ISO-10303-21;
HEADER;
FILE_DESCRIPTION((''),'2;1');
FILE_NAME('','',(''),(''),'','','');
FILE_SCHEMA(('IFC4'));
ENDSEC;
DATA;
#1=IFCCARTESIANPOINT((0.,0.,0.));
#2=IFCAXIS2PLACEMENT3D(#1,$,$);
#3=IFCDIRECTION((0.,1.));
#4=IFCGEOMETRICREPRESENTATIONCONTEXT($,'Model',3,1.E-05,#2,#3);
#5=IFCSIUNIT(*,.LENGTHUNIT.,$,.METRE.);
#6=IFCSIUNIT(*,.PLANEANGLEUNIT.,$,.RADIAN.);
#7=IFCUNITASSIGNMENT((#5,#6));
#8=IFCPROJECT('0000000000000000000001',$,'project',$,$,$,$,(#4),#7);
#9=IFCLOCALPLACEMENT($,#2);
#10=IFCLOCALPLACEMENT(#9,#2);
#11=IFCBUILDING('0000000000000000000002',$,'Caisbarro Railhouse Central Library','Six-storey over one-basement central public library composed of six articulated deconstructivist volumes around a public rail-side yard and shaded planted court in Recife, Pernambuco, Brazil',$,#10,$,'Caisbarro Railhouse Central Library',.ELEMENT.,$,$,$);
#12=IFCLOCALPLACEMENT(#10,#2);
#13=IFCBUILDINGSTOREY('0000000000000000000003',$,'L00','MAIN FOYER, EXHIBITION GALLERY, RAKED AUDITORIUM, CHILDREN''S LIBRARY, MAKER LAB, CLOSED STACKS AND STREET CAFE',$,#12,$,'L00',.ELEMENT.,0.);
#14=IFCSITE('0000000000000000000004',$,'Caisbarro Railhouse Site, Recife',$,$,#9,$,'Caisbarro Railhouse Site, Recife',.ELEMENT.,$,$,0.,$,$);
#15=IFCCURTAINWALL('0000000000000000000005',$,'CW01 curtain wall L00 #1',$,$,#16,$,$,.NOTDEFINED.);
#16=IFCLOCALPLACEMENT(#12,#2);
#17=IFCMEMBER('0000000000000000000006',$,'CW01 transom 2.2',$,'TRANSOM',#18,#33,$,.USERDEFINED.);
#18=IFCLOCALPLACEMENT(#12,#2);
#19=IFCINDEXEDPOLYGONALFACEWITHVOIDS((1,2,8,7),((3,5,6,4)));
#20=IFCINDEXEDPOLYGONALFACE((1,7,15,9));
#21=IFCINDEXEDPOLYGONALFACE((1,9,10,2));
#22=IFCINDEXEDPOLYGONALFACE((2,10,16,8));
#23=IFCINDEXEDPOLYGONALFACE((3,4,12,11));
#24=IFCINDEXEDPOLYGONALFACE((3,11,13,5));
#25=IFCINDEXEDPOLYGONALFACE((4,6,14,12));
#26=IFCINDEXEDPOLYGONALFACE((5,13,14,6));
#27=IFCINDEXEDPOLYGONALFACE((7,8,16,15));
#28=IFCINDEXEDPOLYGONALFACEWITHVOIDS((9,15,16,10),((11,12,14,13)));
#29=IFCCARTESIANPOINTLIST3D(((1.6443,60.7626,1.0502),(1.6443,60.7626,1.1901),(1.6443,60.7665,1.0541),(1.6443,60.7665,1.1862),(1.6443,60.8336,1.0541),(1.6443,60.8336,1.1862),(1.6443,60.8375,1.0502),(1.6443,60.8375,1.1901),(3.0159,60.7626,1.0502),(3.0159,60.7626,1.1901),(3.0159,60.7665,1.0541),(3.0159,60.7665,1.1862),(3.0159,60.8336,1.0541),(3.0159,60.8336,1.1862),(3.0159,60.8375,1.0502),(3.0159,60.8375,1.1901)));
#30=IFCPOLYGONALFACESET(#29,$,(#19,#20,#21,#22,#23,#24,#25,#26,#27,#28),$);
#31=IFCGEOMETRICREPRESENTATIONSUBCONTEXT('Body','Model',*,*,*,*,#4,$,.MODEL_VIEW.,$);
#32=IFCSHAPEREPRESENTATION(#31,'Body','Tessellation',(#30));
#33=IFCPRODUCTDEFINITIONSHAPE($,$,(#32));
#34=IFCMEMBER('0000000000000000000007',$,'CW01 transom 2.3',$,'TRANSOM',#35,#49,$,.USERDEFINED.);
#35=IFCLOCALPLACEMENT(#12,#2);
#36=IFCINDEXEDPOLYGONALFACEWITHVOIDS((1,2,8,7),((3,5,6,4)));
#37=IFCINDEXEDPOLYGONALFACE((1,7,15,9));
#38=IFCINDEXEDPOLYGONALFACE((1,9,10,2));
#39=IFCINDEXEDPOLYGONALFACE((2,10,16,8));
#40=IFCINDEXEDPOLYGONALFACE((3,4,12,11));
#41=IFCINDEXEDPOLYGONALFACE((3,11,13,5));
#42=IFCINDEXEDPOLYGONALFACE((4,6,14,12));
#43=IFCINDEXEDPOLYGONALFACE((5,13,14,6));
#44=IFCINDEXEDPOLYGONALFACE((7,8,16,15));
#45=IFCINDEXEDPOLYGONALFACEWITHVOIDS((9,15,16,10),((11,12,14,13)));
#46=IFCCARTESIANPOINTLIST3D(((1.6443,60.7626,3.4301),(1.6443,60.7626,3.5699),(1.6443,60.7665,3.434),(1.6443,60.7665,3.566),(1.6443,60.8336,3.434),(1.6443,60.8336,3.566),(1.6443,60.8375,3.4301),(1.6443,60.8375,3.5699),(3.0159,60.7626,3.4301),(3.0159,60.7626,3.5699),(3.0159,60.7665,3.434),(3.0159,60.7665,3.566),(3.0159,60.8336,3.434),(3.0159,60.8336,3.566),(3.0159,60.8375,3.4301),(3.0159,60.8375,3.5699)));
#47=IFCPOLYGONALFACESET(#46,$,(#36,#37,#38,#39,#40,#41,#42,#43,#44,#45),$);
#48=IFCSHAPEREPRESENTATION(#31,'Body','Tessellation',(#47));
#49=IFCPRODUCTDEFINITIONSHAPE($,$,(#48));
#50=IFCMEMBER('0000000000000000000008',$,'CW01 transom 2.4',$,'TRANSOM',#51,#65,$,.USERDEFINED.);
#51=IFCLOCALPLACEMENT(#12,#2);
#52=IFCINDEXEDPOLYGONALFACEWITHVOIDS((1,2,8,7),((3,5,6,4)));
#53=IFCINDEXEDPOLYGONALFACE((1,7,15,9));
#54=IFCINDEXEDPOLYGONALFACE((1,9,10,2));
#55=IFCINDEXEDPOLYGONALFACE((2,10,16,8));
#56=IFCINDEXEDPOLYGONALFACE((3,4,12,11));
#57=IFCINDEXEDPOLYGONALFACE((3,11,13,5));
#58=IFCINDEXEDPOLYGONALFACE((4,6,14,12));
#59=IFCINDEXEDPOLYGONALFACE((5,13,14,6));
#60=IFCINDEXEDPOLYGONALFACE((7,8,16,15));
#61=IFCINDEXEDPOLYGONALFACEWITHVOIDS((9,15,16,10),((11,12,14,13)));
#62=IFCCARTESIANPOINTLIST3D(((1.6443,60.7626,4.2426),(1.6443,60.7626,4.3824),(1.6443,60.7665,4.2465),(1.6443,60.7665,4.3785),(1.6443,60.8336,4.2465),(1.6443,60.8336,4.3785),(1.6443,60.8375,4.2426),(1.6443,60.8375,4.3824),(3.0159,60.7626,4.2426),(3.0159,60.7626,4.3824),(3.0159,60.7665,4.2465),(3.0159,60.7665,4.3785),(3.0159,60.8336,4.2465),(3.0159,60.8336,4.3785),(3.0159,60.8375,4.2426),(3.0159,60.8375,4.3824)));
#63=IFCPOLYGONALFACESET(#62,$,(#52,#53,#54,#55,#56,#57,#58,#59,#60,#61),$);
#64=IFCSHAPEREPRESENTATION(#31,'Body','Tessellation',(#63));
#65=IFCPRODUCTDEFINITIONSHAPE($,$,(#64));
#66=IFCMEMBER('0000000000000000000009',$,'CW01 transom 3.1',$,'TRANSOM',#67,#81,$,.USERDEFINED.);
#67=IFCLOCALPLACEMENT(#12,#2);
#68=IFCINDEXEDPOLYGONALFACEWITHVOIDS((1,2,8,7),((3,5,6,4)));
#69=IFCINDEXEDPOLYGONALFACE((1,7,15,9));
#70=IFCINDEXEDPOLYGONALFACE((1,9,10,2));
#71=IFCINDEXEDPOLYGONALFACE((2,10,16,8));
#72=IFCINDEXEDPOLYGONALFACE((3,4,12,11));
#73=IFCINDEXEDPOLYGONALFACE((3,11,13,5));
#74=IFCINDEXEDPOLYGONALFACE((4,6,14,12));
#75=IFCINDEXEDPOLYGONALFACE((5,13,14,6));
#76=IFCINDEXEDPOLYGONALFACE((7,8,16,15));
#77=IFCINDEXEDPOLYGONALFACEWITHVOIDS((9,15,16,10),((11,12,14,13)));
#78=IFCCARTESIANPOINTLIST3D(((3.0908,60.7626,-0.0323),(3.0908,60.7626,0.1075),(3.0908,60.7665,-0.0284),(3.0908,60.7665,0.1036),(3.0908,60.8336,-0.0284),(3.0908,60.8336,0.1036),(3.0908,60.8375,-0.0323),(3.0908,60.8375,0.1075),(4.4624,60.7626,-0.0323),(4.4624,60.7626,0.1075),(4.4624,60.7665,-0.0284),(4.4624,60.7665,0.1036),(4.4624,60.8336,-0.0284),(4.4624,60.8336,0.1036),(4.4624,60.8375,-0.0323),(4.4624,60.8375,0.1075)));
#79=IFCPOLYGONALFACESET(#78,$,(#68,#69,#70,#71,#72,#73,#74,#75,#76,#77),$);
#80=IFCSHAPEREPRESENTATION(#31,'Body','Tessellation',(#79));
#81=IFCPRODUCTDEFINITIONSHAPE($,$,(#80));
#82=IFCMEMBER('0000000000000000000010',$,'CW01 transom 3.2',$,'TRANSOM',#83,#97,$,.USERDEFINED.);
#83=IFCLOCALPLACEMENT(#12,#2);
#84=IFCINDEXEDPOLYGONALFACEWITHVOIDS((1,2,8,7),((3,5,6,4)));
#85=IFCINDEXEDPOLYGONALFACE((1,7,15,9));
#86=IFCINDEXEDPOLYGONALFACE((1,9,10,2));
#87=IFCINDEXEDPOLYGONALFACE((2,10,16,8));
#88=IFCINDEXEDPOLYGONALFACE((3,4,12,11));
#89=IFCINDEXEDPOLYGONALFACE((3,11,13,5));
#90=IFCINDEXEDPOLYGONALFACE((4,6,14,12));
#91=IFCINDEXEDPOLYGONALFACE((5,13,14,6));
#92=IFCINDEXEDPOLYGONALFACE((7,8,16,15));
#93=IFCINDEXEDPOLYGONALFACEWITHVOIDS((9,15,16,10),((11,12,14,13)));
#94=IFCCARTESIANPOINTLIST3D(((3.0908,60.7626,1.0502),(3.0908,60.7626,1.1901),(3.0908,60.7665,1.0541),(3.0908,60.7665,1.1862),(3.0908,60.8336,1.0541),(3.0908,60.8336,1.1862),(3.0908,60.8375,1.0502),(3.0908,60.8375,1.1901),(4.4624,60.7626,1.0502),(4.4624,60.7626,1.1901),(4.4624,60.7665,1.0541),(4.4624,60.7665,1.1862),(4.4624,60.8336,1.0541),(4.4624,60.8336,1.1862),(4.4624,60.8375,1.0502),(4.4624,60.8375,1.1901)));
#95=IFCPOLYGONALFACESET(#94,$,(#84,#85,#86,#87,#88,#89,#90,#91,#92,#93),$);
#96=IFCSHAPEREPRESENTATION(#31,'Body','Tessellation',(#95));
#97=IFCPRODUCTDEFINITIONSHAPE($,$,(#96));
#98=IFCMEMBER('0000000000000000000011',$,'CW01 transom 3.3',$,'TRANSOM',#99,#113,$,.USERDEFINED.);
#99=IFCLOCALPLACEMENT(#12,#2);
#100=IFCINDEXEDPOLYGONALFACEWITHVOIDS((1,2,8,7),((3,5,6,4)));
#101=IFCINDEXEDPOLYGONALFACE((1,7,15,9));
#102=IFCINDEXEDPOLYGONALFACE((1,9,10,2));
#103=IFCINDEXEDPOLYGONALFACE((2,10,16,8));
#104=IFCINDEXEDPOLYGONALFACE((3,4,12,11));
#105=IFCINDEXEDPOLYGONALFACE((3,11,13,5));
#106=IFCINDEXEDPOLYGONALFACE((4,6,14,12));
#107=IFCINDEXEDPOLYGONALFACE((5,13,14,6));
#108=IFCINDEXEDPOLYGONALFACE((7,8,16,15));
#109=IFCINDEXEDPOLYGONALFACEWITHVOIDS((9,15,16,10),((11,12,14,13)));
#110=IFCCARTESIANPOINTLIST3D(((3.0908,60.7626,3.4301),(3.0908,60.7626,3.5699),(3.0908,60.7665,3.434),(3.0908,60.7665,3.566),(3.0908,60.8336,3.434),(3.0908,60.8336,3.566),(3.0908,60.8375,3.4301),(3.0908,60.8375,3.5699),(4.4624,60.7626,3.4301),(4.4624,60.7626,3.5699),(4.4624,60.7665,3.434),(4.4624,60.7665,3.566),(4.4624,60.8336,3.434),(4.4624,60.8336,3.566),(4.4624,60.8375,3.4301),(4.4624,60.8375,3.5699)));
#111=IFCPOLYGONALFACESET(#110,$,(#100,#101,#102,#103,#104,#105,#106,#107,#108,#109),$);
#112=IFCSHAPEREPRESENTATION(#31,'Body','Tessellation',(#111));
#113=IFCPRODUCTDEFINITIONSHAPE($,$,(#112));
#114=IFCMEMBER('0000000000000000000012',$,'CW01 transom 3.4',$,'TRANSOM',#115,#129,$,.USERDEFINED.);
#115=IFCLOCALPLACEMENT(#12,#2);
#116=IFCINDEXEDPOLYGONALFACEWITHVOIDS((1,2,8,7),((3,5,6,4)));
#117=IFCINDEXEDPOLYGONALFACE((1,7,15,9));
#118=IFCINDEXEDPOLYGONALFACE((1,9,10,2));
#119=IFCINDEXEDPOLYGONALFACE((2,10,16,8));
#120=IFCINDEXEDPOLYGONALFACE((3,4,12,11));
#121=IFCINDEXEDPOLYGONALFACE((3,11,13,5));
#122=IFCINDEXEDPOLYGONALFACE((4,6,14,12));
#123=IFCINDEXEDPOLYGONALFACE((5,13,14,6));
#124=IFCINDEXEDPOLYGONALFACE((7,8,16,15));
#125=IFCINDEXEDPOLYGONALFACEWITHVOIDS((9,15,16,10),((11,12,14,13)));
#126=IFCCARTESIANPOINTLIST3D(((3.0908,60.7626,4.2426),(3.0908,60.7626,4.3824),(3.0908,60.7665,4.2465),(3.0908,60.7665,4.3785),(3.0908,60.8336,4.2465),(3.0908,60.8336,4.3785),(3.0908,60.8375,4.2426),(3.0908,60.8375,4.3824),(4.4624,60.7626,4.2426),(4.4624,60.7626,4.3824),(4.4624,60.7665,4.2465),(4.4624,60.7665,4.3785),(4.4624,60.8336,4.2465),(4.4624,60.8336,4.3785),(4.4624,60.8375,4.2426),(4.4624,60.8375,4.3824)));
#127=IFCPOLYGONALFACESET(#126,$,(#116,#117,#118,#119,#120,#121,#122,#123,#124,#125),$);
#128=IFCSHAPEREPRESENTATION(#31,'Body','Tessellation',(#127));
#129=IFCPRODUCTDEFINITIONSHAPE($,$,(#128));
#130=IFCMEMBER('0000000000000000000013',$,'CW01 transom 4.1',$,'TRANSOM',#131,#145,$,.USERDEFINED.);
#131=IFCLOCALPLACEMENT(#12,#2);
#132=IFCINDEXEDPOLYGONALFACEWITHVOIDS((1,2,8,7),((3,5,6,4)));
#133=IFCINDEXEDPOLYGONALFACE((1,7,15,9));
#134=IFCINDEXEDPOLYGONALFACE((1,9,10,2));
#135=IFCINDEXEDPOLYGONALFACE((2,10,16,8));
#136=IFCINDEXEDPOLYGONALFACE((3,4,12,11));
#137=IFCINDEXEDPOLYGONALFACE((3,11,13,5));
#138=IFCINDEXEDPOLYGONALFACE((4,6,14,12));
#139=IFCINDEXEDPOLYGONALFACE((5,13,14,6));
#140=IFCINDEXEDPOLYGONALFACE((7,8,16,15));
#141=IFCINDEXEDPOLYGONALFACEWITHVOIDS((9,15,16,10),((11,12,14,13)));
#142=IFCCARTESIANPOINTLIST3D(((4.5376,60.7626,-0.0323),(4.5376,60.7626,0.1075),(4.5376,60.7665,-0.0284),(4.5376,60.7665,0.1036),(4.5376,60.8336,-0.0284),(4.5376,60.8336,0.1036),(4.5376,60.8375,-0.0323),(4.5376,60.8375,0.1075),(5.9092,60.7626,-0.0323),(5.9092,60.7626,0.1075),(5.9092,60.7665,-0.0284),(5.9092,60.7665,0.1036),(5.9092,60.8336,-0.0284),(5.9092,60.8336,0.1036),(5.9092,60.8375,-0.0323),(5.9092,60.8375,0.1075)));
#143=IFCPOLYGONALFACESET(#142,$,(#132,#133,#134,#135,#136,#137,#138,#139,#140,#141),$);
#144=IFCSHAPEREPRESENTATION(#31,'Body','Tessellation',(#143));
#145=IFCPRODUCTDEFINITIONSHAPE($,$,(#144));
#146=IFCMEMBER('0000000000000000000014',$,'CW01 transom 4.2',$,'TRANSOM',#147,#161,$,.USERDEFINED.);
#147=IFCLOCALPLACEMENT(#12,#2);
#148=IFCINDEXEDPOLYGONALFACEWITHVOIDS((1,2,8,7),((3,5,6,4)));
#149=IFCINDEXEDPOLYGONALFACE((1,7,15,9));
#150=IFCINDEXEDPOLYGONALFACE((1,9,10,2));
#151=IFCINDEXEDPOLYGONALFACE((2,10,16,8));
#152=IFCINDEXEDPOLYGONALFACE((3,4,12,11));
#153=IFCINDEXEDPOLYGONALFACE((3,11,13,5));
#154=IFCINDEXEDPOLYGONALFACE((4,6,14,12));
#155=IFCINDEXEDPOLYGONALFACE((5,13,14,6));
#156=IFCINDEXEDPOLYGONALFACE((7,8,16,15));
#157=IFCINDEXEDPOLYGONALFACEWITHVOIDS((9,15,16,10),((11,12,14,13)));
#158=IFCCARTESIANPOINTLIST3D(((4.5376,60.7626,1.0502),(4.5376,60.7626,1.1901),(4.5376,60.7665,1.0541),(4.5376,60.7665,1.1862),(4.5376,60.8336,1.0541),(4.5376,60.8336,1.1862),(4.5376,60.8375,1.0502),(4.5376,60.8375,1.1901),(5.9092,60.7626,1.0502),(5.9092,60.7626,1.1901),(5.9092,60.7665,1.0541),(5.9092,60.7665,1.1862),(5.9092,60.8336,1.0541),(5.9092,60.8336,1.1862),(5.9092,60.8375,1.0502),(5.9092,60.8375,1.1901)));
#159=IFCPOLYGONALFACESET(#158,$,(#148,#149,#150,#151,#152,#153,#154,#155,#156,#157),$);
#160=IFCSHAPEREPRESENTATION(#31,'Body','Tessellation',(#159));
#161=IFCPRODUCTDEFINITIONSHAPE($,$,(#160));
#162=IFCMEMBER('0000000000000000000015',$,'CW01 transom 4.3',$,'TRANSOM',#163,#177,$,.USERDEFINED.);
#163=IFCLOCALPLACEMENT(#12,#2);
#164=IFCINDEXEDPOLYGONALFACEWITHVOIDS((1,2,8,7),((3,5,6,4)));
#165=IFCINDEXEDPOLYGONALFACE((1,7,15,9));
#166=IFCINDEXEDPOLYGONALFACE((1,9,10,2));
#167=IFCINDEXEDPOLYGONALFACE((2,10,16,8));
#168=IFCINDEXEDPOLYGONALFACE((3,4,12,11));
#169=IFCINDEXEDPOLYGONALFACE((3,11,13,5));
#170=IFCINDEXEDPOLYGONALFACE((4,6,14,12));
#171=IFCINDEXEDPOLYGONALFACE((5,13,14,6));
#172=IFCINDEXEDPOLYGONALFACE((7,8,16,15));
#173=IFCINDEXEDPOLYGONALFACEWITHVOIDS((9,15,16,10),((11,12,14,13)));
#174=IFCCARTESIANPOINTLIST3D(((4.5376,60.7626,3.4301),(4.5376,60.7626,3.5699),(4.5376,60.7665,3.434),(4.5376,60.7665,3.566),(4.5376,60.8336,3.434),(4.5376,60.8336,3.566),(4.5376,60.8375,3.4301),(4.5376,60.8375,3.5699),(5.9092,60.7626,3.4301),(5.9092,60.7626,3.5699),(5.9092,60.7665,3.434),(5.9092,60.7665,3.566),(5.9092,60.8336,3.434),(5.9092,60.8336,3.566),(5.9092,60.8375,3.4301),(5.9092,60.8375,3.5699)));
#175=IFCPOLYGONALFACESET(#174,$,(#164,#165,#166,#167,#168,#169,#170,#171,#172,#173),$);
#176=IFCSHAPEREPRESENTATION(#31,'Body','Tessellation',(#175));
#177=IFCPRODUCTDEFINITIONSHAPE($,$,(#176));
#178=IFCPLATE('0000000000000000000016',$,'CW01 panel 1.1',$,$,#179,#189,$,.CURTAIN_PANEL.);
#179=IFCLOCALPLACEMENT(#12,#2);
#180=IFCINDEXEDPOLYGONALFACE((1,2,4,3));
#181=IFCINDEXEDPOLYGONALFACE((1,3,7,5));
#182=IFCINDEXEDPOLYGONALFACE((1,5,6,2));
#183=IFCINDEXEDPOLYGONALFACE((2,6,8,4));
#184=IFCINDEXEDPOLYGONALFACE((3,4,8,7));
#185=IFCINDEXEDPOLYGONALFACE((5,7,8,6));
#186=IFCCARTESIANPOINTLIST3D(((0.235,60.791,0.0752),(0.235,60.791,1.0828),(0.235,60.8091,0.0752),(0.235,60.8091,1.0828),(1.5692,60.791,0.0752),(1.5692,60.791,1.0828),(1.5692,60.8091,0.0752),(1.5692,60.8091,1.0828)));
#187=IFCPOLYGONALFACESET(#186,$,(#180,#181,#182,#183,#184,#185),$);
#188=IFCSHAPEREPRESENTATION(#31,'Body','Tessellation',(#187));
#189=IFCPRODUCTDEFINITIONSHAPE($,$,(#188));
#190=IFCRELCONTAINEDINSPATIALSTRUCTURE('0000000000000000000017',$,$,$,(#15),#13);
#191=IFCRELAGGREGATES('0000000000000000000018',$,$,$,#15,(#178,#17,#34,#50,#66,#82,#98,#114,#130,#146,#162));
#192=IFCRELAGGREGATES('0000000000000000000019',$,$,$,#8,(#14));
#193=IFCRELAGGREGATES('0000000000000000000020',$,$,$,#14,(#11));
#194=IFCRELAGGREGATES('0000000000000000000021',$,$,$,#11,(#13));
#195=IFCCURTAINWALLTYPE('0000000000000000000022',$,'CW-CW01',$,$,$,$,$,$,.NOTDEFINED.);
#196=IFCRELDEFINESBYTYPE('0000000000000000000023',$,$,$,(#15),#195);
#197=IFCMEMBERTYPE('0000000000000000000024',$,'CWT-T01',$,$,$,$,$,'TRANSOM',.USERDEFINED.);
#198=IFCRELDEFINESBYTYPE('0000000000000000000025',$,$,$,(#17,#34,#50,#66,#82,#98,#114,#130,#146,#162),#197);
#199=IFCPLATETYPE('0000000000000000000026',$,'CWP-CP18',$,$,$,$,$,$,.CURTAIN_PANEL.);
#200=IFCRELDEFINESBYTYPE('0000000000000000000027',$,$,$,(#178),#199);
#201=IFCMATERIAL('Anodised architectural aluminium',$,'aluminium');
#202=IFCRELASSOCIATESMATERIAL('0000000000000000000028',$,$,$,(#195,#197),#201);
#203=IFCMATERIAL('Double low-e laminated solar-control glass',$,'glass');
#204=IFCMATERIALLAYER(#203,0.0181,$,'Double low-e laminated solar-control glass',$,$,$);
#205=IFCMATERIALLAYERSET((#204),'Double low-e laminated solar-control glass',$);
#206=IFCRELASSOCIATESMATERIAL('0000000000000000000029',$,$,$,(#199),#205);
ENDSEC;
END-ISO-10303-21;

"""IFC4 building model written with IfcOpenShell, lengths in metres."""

from ifc_helpers import new_model, si_unit, direction, frame, origin, origin_2d, place, context, subcontext, project, spatial, rectangle, hollow_rectangle, extrude, material, layer, layer_set, material_profile, profile_set, type_object, element, aggregate, save


model = new_model("IFC4")

# Units and contexts
model_context = context("Model", 3, precision=1e-05, world=origin(), true_north=direction((0.0, 1.0)))
body_context = subcontext(model_context, "Body", "Model", "MODEL_VIEW")
ifc_project = project(units=[si_unit("LENGTHUNIT", "METRE"), si_unit("PLANEANGLEUNIT", "RADIAN")], contexts=[model_context])

# Site, building, storey
site_placement = place(None, origin())
site = spatial("IfcSite", under=ifc_project, at=site_placement, Name="Caisbarro Railhouse Site, Recife", LongName="Caisbarro Railhouse Site, Recife", CompositionType="ELEMENT", RefElevation=0.0)
building_placement = place(site_placement, origin())
building = spatial("IfcBuilding", under=site, at=building_placement, Name="Caisbarro Railhouse Central Library", Description="Six-storey over one-basement central public library composed of six articulated deconstructivist volumes around a public rail-side yard and shaded planted court in Recife, Pernambuco, Brazil", LongName="Caisbarro Railhouse Central Library", CompositionType="ELEMENT")
storey_placement = place(building_placement, origin())
storey = spatial("IfcBuildingStorey", under=building, at=storey_placement, Name="L00", Description="MAIN FOYER, EXHIBITION GALLERY, RAKED AUDITORIUM, CHILDREN'S LIBRARY, MAKER LAB, CLOSED STACKS AND STREET CAFE", LongName="L00", CompositionType="ELEMENT", Elevation=0.0)

# Curtain wall, members, plate
ifc_material_1 = material(Name="Anodised architectural aluminium", Category="aluminium")
curtain_wall_type = type_object("IfcCurtainWallType", Name="CW-CW01", PredefinedType="NOTDEFINED", material=ifc_material_1)
curtain_wall_placement = place(storey_placement, origin())
curtain_wall = element("IfcCurtainWall", 1, at=curtain_wall_placement, inside=storey, type_object=curtain_wall_type, Name="CW01 curtain wall L00 #1", PredefinedType="NOTDEFINED")
ifc_material_profile_1 = material_profile(ifc_material_1, hollow_rectangle(XDim=0.075, YDim=0.1399, WallThickness=0.0039, at=origin_2d()), Name="ALU-TRN-75X140")
ifc_profile_set_1 = profile_set([ifc_material_profile_1], Name="Anodised architectural aluminium")
member_type_1 = type_object("IfcMemberType", Name="CWT-T01", ElementType="TRANSOM", PredefinedType="USERDEFINED", material=ifc_profile_set_1)
member_1_placement = place(storey_placement, frame((1.6443, 60.8, 1.1201), z_axis=(1.0, 0.0, 0.0), x_axis=(0.0, 1.0, 0.0)))
member_1 = element("IfcMember", 2, at=member_1_placement, type_object=member_type_1, Name="CW01 transom 2.2", ObjectType="TRANSOM", PredefinedType="USERDEFINED", context=body_context, shape_type="SweptSolid", body=[
    extrude(hollow_rectangle(XDim=0.075, YDim=0.1399, WallThickness=0.0039, at=origin_2d()), origin(), (0.0, 0.0, 1.0), 1.3716),
])
member_2_placement = place(storey_placement, frame((1.6443, 60.8, 3.5), z_axis=(1.0, 0.0, 0.0), x_axis=(0.0, 1.0, 0.0)))
member_2 = element("IfcMember", 3, at=member_2_placement, type_object=member_type_1, Name="CW01 transom 2.3", ObjectType="TRANSOM", PredefinedType="USERDEFINED", context=body_context, shape_type="SweptSolid", body=[
    extrude(hollow_rectangle(XDim=0.075, YDim=0.1399, WallThickness=0.0039, at=origin_2d()), origin(), (0.0, 0.0, 1.0), 1.3716),
])
member_3_placement = place(storey_placement, frame((1.6443, 60.8, 4.3125), z_axis=(1.0, 0.0, 0.0), x_axis=(0.0, 1.0, 0.0)))
member_3 = element("IfcMember", 4, at=member_3_placement, type_object=member_type_1, Name="CW01 transom 2.4", ObjectType="TRANSOM", PredefinedType="USERDEFINED", context=body_context, shape_type="SweptSolid", body=[
    extrude(hollow_rectangle(XDim=0.075, YDim=0.1399, WallThickness=0.0039, at=origin_2d()), origin(), (0.0, 0.0, 1.0), 1.3716),
])
member_4_placement = place(storey_placement, frame((3.0908, 60.8, 0.0376), z_axis=(1.0, 0.0, 0.0), x_axis=(0.0, 1.0, 0.0)))
member_4 = element("IfcMember", 5, at=member_4_placement, type_object=member_type_1, Name="CW01 transom 3.1", ObjectType="TRANSOM", PredefinedType="USERDEFINED", context=body_context, shape_type="SweptSolid", body=[
    extrude(hollow_rectangle(XDim=0.075, YDim=0.1399, WallThickness=0.0039, at=origin_2d()), origin(), (0.0, 0.0, 1.0), 1.3716),
])
member_5_placement = place(storey_placement, frame((3.0908, 60.8, 1.1201), z_axis=(1.0, 0.0, 0.0), x_axis=(0.0, 1.0, 0.0)))
member_5 = element("IfcMember", 6, at=member_5_placement, type_object=member_type_1, Name="CW01 transom 3.2", ObjectType="TRANSOM", PredefinedType="USERDEFINED", context=body_context, shape_type="SweptSolid", body=[
    extrude(hollow_rectangle(XDim=0.075, YDim=0.1399, WallThickness=0.0039, at=origin_2d()), origin(), (0.0, 0.0, 1.0), 1.3716),
])
member_6_placement = place(storey_placement, frame((3.0908, 60.8, 3.5), z_axis=(1.0, 0.0, 0.0), x_axis=(0.0, 1.0, 0.0)))
member_6 = element("IfcMember", 7, at=member_6_placement, type_object=member_type_1, Name="CW01 transom 3.3", ObjectType="TRANSOM", PredefinedType="USERDEFINED", context=body_context, shape_type="SweptSolid", body=[
    extrude(hollow_rectangle(XDim=0.075, YDim=0.1399, WallThickness=0.0039, at=origin_2d()), origin(), (0.0, 0.0, 1.0), 1.3716),
])
member_7_placement = place(storey_placement, frame((3.0908, 60.8, 4.3125), z_axis=(1.0, 0.0, 0.0), x_axis=(0.0, 1.0, 0.0)))
member_7 = element("IfcMember", 8, at=member_7_placement, type_object=member_type_1, Name="CW01 transom 3.4", ObjectType="TRANSOM", PredefinedType="USERDEFINED", context=body_context, shape_type="SweptSolid", body=[
    extrude(hollow_rectangle(XDim=0.075, YDim=0.1399, WallThickness=0.0039, at=origin_2d()), origin(), (0.0, 0.0, 1.0), 1.3716),
])
member_8_placement = place(storey_placement, frame((4.5376, 60.8, 0.0376), z_axis=(1.0, 0.0, 0.0), x_axis=(0.0, 1.0, 0.0)))
member_8 = element("IfcMember", 9, at=member_8_placement, type_object=member_type_1, Name="CW01 transom 4.1", ObjectType="TRANSOM", PredefinedType="USERDEFINED", context=body_context, shape_type="SweptSolid", body=[
    extrude(hollow_rectangle(XDim=0.075, YDim=0.1399, WallThickness=0.0039, at=origin_2d()), origin(), (0.0, 0.0, 1.0), 1.3716),
])
member_9_placement = place(storey_placement, frame((4.5376, 60.8, 1.1201), z_axis=(1.0, 0.0, 0.0), x_axis=(0.0, 1.0, 0.0)))
member_9 = element("IfcMember", 10, at=member_9_placement, type_object=member_type_1, Name="CW01 transom 4.2", ObjectType="TRANSOM", PredefinedType="USERDEFINED", context=body_context, shape_type="SweptSolid", body=[
    extrude(hollow_rectangle(XDim=0.075, YDim=0.1399, WallThickness=0.0039, at=origin_2d()), origin(), (0.0, 0.0, 1.0), 1.3716),
])
member_10_placement = place(storey_placement, frame((4.5376, 60.8, 3.5), z_axis=(1.0, 0.0, 0.0), x_axis=(0.0, 1.0, 0.0)))
member_10 = element("IfcMember", 11, at=member_10_placement, type_object=member_type_1, Name="CW01 transom 4.3", ObjectType="TRANSOM", PredefinedType="USERDEFINED", context=body_context, shape_type="SweptSolid", body=[
    extrude(hollow_rectangle(XDim=0.075, YDim=0.1399, WallThickness=0.0039, at=origin_2d()), origin(), (0.0, 0.0, 1.0), 1.3716),
])
ifc_material_2 = material(Name="Double low-e laminated solar-control glass", Category="glass")
ifc_layer = layer(ifc_material_2, 0.0181, Name="Double low-e laminated solar-control glass")
ifc_layer_set = layer_set([ifc_layer], Name="Double low-e laminated solar-control glass")
plate_type = type_object("IfcPlateType", Name="CWP-CP18", PredefinedType="CURTAIN_PANEL", material=ifc_layer_set)
plate_1_placement = place(storey_placement, frame((0.9021, 60.8, 0.0752), z_axis=(0.0, 0.0, 1.0), x_axis=(1.0, 0.0, 0.0)))
plate_1 = element("IfcPlate", 12, at=plate_1_placement, type_object=plate_type, Name="CW01 panel 1.1", PredefinedType="CURTAIN_PANEL", context=body_context, shape_type="SweptSolid", body=[
    extrude(rectangle(XDim=1.3342, YDim=0.0181, at=origin_2d()), origin(), (0.0, 0.0, 1.0), 1.0076),
])
aggregate(curtain_wall, [plate_1, member_1, member_2, member_3, member_4, member_5, member_6, member_7, member_8, member_9, member_10])

save(model, "model.ifc")
